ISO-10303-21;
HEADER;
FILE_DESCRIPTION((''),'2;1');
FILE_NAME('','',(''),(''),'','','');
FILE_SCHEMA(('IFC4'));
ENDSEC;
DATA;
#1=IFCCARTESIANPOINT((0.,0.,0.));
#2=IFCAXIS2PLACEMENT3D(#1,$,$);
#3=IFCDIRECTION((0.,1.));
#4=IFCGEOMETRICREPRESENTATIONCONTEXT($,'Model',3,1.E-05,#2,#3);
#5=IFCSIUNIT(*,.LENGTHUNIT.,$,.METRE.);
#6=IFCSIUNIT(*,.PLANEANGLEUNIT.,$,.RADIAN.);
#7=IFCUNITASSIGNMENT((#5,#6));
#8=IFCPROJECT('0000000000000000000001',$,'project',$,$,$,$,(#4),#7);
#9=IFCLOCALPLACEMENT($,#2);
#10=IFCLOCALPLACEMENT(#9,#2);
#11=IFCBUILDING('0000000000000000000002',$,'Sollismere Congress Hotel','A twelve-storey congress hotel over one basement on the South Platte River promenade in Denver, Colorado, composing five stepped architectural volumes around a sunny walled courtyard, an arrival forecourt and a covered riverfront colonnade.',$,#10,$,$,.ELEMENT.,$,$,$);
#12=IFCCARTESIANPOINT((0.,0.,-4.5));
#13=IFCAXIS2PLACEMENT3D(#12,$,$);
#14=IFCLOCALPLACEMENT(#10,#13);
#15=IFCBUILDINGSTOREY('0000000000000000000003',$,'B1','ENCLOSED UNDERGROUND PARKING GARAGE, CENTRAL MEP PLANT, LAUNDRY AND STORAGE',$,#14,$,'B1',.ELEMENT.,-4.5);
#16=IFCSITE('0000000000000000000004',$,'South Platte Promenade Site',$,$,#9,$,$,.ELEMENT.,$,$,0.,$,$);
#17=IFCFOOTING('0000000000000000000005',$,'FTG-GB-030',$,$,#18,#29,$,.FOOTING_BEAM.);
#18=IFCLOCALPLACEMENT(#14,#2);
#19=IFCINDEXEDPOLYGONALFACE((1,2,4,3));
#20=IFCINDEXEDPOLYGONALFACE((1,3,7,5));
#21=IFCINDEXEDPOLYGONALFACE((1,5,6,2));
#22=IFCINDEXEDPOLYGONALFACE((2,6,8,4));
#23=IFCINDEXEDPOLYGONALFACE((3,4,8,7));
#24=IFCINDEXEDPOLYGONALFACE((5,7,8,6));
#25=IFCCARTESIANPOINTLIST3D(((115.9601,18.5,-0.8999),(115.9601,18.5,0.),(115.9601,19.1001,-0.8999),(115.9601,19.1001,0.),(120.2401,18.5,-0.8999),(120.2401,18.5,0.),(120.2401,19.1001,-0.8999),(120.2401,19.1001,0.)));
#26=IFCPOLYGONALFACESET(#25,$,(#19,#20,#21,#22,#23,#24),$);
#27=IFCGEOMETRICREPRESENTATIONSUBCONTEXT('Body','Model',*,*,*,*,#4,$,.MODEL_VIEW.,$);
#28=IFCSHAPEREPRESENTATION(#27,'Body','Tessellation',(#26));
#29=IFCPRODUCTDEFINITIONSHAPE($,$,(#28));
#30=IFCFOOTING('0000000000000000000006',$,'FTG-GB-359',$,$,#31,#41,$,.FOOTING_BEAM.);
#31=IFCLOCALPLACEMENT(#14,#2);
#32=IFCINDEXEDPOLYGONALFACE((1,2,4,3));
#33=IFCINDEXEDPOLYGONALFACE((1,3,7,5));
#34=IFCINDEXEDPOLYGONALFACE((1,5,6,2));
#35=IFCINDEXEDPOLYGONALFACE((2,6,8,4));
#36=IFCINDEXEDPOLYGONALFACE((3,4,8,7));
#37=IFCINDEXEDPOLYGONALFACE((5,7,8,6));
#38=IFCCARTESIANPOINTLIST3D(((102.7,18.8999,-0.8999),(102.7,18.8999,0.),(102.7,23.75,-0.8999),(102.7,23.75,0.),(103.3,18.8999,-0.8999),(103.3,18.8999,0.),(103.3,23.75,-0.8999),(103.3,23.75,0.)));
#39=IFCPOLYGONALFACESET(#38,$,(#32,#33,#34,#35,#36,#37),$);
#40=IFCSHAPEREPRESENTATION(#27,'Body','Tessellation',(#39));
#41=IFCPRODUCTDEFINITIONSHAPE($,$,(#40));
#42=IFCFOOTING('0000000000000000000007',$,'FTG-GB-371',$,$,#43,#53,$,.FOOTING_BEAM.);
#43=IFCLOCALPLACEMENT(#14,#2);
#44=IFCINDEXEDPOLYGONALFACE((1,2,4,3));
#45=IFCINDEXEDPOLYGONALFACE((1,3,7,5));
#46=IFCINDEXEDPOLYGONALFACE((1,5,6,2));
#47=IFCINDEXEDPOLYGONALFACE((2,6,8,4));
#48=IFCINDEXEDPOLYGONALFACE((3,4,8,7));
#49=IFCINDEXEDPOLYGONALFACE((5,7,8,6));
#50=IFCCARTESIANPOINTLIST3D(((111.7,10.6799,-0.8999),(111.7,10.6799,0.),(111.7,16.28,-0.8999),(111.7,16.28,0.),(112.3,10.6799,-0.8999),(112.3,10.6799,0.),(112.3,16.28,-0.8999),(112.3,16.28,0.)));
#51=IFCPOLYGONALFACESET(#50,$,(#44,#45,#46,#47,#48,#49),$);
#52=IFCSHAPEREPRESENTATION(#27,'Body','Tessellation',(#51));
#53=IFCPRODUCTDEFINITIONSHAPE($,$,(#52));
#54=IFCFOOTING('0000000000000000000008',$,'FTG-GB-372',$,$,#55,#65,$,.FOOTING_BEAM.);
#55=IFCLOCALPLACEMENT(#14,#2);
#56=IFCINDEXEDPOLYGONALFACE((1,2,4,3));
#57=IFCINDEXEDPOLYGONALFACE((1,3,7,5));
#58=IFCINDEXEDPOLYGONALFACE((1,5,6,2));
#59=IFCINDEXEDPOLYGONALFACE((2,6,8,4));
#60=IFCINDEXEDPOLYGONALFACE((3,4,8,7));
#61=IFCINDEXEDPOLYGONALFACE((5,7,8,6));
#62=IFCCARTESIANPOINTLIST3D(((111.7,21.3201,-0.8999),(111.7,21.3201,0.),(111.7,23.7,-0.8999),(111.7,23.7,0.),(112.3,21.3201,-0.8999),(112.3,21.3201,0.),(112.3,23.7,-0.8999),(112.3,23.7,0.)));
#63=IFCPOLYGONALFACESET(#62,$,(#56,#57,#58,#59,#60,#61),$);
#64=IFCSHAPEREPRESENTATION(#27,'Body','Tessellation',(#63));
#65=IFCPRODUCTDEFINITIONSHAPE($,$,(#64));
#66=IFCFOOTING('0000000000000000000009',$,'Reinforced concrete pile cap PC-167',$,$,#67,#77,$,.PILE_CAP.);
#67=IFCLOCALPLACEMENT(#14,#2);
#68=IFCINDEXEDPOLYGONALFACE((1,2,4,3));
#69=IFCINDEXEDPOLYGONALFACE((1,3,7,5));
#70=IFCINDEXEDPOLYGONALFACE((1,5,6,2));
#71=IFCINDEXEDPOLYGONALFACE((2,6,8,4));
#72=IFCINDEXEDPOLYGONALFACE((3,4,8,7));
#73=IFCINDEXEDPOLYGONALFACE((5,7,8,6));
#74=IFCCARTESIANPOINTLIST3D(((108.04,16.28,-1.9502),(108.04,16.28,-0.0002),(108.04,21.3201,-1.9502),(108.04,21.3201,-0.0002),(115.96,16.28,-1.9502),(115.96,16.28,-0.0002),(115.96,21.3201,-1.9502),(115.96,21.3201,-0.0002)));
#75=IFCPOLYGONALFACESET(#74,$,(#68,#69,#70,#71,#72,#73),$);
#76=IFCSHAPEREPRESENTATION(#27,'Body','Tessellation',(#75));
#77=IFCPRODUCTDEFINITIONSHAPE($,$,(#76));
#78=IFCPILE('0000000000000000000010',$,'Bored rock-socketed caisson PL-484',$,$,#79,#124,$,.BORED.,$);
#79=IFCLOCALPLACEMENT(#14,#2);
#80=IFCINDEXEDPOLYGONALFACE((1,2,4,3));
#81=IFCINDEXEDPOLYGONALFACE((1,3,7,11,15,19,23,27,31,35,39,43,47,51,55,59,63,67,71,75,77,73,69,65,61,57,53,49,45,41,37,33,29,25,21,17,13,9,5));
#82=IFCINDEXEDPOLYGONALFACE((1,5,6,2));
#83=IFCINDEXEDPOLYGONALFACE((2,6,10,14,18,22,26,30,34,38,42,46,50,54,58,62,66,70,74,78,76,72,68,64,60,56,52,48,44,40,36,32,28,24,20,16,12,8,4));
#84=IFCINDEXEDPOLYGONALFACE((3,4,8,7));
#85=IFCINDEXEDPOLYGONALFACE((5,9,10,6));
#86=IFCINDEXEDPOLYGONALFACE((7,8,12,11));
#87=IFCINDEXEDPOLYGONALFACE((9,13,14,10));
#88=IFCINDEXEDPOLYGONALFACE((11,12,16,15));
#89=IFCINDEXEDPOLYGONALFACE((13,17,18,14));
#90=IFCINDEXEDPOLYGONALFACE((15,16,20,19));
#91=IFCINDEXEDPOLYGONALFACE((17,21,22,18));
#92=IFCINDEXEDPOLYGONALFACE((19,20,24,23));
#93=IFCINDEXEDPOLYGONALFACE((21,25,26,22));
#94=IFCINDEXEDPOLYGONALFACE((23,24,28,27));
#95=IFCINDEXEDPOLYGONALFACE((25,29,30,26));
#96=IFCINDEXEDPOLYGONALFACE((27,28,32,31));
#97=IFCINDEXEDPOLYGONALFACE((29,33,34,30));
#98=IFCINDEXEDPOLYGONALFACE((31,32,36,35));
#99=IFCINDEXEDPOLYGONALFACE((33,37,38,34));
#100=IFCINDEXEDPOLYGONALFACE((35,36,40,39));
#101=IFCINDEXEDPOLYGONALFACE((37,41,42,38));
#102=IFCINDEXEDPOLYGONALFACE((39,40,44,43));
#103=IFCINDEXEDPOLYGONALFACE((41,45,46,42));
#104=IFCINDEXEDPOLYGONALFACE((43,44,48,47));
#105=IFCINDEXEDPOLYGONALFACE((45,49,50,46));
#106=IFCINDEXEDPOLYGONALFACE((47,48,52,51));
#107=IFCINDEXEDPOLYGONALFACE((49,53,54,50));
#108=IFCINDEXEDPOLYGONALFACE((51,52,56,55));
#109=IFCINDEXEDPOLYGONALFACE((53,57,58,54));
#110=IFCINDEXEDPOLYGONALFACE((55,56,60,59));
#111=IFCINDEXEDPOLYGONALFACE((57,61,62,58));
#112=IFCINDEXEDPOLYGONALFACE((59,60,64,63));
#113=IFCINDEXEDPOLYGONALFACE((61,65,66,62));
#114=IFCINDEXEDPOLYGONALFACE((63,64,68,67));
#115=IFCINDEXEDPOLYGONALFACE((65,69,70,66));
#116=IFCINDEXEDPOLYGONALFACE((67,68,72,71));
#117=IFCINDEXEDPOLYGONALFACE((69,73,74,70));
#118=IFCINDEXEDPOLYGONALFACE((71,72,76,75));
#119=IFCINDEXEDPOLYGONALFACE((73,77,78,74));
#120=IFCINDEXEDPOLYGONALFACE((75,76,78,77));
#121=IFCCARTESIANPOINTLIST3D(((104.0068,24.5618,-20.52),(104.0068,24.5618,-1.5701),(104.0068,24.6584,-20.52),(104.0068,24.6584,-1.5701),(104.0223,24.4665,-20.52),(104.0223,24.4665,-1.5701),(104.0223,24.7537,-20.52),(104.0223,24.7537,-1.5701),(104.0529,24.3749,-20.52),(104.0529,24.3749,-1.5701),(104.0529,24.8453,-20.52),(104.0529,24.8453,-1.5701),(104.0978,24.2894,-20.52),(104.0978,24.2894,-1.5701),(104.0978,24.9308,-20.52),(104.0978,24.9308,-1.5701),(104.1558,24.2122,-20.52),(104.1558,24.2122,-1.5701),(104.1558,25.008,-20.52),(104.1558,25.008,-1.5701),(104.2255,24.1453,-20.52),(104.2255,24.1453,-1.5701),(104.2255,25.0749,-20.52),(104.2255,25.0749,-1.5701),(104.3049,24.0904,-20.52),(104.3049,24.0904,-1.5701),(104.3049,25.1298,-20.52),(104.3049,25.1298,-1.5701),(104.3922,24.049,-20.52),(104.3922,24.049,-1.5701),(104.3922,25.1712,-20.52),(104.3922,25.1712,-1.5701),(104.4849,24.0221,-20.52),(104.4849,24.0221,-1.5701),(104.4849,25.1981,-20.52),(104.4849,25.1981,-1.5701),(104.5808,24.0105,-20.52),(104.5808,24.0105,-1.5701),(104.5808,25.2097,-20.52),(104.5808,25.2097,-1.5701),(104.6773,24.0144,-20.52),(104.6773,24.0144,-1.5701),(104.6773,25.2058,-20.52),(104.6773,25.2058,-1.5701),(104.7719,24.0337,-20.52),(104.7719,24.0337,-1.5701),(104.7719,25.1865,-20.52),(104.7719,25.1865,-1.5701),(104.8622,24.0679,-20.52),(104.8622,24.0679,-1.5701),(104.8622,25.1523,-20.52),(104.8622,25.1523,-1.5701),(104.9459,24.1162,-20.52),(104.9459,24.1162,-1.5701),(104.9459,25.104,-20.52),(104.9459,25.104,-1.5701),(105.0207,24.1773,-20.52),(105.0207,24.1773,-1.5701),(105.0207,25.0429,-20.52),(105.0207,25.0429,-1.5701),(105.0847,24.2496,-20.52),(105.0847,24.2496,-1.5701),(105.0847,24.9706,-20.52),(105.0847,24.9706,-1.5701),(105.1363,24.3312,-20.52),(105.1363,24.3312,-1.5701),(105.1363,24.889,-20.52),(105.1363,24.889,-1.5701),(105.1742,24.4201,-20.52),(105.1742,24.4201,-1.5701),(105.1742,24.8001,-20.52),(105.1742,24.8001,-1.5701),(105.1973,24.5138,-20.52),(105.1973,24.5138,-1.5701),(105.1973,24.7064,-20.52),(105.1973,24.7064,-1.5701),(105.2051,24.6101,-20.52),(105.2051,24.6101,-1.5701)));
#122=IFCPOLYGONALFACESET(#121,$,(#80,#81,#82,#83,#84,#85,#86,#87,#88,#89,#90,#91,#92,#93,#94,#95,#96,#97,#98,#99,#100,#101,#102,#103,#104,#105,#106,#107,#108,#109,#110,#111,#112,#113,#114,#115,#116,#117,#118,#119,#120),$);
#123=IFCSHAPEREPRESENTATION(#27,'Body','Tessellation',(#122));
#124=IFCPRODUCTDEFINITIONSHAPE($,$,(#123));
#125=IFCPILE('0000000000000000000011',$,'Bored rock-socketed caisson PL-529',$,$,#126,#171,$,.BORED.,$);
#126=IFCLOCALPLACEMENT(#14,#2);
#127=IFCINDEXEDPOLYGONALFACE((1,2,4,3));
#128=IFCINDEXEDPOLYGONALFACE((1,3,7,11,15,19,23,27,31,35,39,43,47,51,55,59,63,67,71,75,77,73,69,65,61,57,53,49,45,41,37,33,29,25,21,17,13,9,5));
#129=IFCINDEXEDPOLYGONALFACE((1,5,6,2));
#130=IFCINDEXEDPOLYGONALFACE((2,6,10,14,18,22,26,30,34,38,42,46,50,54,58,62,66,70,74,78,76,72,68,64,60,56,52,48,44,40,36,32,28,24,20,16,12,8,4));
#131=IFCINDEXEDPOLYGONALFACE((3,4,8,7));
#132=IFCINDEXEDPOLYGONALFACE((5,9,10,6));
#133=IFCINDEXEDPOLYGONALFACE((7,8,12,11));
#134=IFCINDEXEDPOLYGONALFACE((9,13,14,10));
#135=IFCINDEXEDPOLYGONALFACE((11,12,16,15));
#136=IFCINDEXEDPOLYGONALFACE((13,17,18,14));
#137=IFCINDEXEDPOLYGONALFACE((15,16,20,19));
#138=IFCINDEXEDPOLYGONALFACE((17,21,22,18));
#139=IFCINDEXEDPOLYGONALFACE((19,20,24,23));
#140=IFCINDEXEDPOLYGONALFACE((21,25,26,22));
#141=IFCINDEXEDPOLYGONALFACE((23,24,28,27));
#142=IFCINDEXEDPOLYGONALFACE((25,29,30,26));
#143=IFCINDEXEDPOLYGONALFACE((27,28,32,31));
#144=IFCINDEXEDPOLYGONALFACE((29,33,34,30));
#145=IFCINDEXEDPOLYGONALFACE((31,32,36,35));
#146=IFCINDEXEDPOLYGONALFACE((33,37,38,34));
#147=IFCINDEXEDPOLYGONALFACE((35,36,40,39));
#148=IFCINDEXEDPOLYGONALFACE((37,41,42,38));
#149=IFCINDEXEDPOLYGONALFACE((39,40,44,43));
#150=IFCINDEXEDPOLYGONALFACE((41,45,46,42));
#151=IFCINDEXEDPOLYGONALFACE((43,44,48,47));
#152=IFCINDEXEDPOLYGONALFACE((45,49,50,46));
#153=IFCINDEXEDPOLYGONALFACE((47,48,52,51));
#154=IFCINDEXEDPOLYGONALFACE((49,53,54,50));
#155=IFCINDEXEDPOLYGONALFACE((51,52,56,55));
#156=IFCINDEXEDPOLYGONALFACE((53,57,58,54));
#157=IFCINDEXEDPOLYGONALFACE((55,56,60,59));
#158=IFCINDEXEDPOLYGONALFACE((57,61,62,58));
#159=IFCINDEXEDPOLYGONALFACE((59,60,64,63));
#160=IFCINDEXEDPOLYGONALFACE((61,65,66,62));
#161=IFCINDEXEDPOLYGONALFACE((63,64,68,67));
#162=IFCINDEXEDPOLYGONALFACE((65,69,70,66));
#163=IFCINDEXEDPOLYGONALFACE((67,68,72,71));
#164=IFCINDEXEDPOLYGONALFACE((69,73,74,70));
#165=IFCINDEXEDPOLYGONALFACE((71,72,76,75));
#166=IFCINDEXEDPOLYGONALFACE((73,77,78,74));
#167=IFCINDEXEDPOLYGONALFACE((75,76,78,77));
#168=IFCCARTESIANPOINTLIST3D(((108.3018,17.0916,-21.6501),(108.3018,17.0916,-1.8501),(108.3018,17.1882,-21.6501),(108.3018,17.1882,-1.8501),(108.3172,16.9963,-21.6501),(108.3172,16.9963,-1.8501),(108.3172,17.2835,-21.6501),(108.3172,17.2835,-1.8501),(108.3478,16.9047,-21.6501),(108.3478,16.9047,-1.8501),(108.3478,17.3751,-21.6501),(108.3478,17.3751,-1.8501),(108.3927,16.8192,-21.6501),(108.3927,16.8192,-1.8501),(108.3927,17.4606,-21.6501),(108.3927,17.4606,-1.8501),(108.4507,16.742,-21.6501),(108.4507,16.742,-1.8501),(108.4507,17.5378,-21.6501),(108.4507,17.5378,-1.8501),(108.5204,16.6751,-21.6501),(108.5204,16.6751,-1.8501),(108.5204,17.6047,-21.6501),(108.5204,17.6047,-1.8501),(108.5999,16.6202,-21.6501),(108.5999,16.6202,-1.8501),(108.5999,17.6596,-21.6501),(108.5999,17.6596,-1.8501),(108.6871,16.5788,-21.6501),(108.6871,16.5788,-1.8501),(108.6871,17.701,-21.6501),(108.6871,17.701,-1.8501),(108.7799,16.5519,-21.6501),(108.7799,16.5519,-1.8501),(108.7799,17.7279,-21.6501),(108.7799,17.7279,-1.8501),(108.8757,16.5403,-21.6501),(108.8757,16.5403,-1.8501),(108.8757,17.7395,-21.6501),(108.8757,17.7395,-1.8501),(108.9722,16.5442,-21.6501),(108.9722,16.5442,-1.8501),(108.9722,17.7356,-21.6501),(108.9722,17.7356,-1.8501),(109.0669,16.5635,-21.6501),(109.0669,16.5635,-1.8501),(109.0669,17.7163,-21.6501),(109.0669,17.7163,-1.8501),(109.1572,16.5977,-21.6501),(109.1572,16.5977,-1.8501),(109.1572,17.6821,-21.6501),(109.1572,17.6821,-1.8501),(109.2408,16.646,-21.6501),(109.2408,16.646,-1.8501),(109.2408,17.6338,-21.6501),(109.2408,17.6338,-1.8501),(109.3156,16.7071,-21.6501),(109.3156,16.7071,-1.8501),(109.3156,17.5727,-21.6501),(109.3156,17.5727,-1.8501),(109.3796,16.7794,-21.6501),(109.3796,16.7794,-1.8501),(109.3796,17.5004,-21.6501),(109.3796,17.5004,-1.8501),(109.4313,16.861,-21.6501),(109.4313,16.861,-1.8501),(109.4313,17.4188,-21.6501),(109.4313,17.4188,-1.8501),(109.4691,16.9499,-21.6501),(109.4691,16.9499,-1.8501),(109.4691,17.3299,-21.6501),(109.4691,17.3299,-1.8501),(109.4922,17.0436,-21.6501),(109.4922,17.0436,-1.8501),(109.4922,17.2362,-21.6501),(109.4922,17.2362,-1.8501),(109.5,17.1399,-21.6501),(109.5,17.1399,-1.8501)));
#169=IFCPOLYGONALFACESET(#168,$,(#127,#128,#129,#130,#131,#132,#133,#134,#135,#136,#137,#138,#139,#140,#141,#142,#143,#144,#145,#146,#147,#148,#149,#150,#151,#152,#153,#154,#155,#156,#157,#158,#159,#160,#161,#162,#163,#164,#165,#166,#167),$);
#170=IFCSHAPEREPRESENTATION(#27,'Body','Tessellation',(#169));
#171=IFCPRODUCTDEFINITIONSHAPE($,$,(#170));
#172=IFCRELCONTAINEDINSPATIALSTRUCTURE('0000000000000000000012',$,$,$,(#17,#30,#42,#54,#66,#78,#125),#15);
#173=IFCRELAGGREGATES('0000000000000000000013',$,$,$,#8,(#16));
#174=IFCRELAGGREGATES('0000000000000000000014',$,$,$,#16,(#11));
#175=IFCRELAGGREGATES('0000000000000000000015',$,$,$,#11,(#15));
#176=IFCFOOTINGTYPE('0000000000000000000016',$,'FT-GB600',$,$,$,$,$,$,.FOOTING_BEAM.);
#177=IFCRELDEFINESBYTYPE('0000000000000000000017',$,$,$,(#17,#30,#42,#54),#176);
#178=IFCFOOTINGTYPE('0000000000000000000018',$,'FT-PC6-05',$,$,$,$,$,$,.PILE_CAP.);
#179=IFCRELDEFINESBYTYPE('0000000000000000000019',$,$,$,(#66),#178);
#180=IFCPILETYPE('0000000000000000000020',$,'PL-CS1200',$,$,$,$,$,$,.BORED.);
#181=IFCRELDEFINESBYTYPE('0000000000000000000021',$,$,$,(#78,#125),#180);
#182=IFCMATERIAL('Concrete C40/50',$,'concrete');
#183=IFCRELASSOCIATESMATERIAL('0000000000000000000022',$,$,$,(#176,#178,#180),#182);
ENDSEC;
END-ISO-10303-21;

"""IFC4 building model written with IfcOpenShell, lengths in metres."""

from ifc_helpers import new_model, si_unit, direction, frame, origin, origin_2d, place, context, subcontext, project, spatial, rectangle, circle, extrude, material, material_profile, profile_set, type_object, element, save


model = new_model("IFC4")

# Units and contexts
model_context = context("Model", 3, precision=1e-05, world=origin(), true_north=direction((0.0, 1.0)))
body_context = subcontext(model_context, "Body", "Model", "MODEL_VIEW")
ifc_project = project(units=[si_unit("LENGTHUNIT", "METRE"), si_unit("PLANEANGLEUNIT", "RADIAN")], contexts=[model_context])

# Site, building, storey
site_placement = place(None, origin())
site = spatial("IfcSite", under=ifc_project, at=site_placement, Name="South Platte Promenade Site", CompositionType="ELEMENT", RefElevation=0.0)
building_placement = place(site_placement, origin())
building = spatial("IfcBuilding", under=site, at=building_placement, Name="Sollismere Congress Hotel", Description="A twelve-storey congress hotel over one basement on the South Platte River promenade in Denver, Colorado, composing five stepped architectural volumes around a sunny walled courtyard, an arrival forecourt and a covered riverfront colonnade.", CompositionType="ELEMENT")
storey_placement = place(building_placement, frame((0.0, 0.0, -4.5)))
storey = spatial("IfcBuildingStorey", under=building, at=storey_placement, Name="B1", Description="ENCLOSED UNDERGROUND PARKING GARAGE, CENTRAL MEP PLANT, LAUNDRY AND STORAGE", LongName="B1", CompositionType="ELEMENT", Elevation=-4.5)

# Footings
ifc_material_1 = material(Name="Concrete C40/50", Category="concrete")
footing_type_1 = type_object("IfcFootingType", Name="FT-GB600", PredefinedType="FOOTING_BEAM", material=ifc_material_1)
footing_1_placement = place(storey_placement, frame((118.1001, 18.8, -0.8999), z_axis=(0.0, 0.0, 1.0), x_axis=(1.0, 0.0, 0.0)))
element("IfcFooting", 1, at=footing_1_placement, inside=storey, type_object=footing_type_1, Name="FTG-GB-030", PredefinedType="FOOTING_BEAM", context=body_context, shape_type="SweptSolid", body=[
    extrude(rectangle(XDim=4.28, YDim=0.6001, at=origin_2d()), origin(), (0.0, 0.0, 1.0), 0.8999),
])
footing_2_placement = place(storey_placement, frame((103.0, 21.325, -0.8999), z_axis=(0.0, 0.0, 1.0), x_axis=(0.0, 1.0, 0.0)))
element("IfcFooting", 2, at=footing_2_placement, inside=storey, type_object=footing_type_1, Name="FTG-GB-359", PredefinedType="FOOTING_BEAM", context=body_context, shape_type="SweptSolid", body=[
    extrude(rectangle(XDim=4.8501, YDim=0.6001, at=origin_2d()), origin(), (0.0, 0.0, 1.0), 0.8999),
])
footing_3_placement = place(storey_placement, frame((112.0, 13.48, -0.8999), z_axis=(0.0, 0.0, 1.0), x_axis=(0.0, 1.0, 0.0)))
element("IfcFooting", 3, at=footing_3_placement, inside=storey, type_object=footing_type_1, Name="FTG-GB-371", PredefinedType="FOOTING_BEAM", context=body_context, shape_type="SweptSolid", body=[
    extrude(rectangle(XDim=5.6001, YDim=0.6001, at=origin_2d()), origin(), (0.0, 0.0, 1.0), 0.8999),
])
footing_4_placement = place(storey_placement, frame((112.0, 22.51, -0.8999), z_axis=(0.0, 0.0, 1.0), x_axis=(0.0, 1.0, 0.0)))
element("IfcFooting", 4, at=footing_4_placement, inside=storey, type_object=footing_type_1, Name="FTG-GB-372", PredefinedType="FOOTING_BEAM", context=body_context, shape_type="SweptSolid", body=[
    extrude(rectangle(XDim=2.3799, YDim=0.6001, at=origin_2d()), origin(), (0.0, 0.0, 1.0), 0.8999),
])
footing_type_2 = type_object("IfcFootingType", Name="FT-PC6-05", PredefinedType="PILE_CAP", material=ifc_material_1)
footing_5_placement = place(storey_placement, frame((112.0, 18.8, -1.9502), z_axis=(0.0, 0.0, 1.0), x_axis=(1.0, 0.0, 0.0)))
element("IfcFooting", 5, at=footing_5_placement, inside=storey, type_object=footing_type_2, Name="Reinforced concrete pile cap PC-167", PredefinedType="PILE_CAP", context=body_context, shape_type="SweptSolid", body=[
    extrude(rectangle(XDim=7.9199, YDim=5.04, at=origin_2d()), origin(), (0.0, 0.0, 1.0), 1.95),
])

# Piles
ifc_material_profile_1 = material_profile(ifc_material_1, circle(Radius=0.6001, at=origin_2d()), Name="CAISSON1200")
ifc_profile_set_1 = profile_set([ifc_material_profile_1], Name="Concrete C40/50")
pile_type = type_object("IfcPileType", Name="PL-CS1200", PredefinedType="BORED", material=ifc_profile_set_1)
pile_placement = place(storey_placement, frame((104.605, 24.6101, -1.5701), z_axis=(0.0, 0.0, -1.0), x_axis=(1.0, 0.0, 0.0)))
element("IfcPile", 6, at=pile_placement, inside=storey, type_object=pile_type, Name="Bored rock-socketed caisson PL-484", PredefinedType="BORED", context=body_context, shape_type="SweptSolid", body=[
    extrude(circle(Radius=0.6001, at=origin_2d()), origin(), (0.0, 0.0, 1.0), 18.95),
])
for number, where, z_axis, x_axis, name in (
    (7, (108.8999, 17.1399, -1.8501), (0.0, 0.0, -1.0), (1.0, 0.0, 0.0), "Bored rock-socketed caisson PL-529"),
):
    element("IfcPile", number, at=place(storey_placement, frame(where, z_axis=z_axis, x_axis=x_axis)), inside=storey, type_object=pile_type, Name=name, PredefinedType="BORED", context=body_context, shape_type="SweptSolid", body=[
        extrude(circle(Radius=0.6001, at=origin_2d()), origin(), (0.0, 0.0, 1.0), 19.8),
    ])

save(model, "model.ifc")
